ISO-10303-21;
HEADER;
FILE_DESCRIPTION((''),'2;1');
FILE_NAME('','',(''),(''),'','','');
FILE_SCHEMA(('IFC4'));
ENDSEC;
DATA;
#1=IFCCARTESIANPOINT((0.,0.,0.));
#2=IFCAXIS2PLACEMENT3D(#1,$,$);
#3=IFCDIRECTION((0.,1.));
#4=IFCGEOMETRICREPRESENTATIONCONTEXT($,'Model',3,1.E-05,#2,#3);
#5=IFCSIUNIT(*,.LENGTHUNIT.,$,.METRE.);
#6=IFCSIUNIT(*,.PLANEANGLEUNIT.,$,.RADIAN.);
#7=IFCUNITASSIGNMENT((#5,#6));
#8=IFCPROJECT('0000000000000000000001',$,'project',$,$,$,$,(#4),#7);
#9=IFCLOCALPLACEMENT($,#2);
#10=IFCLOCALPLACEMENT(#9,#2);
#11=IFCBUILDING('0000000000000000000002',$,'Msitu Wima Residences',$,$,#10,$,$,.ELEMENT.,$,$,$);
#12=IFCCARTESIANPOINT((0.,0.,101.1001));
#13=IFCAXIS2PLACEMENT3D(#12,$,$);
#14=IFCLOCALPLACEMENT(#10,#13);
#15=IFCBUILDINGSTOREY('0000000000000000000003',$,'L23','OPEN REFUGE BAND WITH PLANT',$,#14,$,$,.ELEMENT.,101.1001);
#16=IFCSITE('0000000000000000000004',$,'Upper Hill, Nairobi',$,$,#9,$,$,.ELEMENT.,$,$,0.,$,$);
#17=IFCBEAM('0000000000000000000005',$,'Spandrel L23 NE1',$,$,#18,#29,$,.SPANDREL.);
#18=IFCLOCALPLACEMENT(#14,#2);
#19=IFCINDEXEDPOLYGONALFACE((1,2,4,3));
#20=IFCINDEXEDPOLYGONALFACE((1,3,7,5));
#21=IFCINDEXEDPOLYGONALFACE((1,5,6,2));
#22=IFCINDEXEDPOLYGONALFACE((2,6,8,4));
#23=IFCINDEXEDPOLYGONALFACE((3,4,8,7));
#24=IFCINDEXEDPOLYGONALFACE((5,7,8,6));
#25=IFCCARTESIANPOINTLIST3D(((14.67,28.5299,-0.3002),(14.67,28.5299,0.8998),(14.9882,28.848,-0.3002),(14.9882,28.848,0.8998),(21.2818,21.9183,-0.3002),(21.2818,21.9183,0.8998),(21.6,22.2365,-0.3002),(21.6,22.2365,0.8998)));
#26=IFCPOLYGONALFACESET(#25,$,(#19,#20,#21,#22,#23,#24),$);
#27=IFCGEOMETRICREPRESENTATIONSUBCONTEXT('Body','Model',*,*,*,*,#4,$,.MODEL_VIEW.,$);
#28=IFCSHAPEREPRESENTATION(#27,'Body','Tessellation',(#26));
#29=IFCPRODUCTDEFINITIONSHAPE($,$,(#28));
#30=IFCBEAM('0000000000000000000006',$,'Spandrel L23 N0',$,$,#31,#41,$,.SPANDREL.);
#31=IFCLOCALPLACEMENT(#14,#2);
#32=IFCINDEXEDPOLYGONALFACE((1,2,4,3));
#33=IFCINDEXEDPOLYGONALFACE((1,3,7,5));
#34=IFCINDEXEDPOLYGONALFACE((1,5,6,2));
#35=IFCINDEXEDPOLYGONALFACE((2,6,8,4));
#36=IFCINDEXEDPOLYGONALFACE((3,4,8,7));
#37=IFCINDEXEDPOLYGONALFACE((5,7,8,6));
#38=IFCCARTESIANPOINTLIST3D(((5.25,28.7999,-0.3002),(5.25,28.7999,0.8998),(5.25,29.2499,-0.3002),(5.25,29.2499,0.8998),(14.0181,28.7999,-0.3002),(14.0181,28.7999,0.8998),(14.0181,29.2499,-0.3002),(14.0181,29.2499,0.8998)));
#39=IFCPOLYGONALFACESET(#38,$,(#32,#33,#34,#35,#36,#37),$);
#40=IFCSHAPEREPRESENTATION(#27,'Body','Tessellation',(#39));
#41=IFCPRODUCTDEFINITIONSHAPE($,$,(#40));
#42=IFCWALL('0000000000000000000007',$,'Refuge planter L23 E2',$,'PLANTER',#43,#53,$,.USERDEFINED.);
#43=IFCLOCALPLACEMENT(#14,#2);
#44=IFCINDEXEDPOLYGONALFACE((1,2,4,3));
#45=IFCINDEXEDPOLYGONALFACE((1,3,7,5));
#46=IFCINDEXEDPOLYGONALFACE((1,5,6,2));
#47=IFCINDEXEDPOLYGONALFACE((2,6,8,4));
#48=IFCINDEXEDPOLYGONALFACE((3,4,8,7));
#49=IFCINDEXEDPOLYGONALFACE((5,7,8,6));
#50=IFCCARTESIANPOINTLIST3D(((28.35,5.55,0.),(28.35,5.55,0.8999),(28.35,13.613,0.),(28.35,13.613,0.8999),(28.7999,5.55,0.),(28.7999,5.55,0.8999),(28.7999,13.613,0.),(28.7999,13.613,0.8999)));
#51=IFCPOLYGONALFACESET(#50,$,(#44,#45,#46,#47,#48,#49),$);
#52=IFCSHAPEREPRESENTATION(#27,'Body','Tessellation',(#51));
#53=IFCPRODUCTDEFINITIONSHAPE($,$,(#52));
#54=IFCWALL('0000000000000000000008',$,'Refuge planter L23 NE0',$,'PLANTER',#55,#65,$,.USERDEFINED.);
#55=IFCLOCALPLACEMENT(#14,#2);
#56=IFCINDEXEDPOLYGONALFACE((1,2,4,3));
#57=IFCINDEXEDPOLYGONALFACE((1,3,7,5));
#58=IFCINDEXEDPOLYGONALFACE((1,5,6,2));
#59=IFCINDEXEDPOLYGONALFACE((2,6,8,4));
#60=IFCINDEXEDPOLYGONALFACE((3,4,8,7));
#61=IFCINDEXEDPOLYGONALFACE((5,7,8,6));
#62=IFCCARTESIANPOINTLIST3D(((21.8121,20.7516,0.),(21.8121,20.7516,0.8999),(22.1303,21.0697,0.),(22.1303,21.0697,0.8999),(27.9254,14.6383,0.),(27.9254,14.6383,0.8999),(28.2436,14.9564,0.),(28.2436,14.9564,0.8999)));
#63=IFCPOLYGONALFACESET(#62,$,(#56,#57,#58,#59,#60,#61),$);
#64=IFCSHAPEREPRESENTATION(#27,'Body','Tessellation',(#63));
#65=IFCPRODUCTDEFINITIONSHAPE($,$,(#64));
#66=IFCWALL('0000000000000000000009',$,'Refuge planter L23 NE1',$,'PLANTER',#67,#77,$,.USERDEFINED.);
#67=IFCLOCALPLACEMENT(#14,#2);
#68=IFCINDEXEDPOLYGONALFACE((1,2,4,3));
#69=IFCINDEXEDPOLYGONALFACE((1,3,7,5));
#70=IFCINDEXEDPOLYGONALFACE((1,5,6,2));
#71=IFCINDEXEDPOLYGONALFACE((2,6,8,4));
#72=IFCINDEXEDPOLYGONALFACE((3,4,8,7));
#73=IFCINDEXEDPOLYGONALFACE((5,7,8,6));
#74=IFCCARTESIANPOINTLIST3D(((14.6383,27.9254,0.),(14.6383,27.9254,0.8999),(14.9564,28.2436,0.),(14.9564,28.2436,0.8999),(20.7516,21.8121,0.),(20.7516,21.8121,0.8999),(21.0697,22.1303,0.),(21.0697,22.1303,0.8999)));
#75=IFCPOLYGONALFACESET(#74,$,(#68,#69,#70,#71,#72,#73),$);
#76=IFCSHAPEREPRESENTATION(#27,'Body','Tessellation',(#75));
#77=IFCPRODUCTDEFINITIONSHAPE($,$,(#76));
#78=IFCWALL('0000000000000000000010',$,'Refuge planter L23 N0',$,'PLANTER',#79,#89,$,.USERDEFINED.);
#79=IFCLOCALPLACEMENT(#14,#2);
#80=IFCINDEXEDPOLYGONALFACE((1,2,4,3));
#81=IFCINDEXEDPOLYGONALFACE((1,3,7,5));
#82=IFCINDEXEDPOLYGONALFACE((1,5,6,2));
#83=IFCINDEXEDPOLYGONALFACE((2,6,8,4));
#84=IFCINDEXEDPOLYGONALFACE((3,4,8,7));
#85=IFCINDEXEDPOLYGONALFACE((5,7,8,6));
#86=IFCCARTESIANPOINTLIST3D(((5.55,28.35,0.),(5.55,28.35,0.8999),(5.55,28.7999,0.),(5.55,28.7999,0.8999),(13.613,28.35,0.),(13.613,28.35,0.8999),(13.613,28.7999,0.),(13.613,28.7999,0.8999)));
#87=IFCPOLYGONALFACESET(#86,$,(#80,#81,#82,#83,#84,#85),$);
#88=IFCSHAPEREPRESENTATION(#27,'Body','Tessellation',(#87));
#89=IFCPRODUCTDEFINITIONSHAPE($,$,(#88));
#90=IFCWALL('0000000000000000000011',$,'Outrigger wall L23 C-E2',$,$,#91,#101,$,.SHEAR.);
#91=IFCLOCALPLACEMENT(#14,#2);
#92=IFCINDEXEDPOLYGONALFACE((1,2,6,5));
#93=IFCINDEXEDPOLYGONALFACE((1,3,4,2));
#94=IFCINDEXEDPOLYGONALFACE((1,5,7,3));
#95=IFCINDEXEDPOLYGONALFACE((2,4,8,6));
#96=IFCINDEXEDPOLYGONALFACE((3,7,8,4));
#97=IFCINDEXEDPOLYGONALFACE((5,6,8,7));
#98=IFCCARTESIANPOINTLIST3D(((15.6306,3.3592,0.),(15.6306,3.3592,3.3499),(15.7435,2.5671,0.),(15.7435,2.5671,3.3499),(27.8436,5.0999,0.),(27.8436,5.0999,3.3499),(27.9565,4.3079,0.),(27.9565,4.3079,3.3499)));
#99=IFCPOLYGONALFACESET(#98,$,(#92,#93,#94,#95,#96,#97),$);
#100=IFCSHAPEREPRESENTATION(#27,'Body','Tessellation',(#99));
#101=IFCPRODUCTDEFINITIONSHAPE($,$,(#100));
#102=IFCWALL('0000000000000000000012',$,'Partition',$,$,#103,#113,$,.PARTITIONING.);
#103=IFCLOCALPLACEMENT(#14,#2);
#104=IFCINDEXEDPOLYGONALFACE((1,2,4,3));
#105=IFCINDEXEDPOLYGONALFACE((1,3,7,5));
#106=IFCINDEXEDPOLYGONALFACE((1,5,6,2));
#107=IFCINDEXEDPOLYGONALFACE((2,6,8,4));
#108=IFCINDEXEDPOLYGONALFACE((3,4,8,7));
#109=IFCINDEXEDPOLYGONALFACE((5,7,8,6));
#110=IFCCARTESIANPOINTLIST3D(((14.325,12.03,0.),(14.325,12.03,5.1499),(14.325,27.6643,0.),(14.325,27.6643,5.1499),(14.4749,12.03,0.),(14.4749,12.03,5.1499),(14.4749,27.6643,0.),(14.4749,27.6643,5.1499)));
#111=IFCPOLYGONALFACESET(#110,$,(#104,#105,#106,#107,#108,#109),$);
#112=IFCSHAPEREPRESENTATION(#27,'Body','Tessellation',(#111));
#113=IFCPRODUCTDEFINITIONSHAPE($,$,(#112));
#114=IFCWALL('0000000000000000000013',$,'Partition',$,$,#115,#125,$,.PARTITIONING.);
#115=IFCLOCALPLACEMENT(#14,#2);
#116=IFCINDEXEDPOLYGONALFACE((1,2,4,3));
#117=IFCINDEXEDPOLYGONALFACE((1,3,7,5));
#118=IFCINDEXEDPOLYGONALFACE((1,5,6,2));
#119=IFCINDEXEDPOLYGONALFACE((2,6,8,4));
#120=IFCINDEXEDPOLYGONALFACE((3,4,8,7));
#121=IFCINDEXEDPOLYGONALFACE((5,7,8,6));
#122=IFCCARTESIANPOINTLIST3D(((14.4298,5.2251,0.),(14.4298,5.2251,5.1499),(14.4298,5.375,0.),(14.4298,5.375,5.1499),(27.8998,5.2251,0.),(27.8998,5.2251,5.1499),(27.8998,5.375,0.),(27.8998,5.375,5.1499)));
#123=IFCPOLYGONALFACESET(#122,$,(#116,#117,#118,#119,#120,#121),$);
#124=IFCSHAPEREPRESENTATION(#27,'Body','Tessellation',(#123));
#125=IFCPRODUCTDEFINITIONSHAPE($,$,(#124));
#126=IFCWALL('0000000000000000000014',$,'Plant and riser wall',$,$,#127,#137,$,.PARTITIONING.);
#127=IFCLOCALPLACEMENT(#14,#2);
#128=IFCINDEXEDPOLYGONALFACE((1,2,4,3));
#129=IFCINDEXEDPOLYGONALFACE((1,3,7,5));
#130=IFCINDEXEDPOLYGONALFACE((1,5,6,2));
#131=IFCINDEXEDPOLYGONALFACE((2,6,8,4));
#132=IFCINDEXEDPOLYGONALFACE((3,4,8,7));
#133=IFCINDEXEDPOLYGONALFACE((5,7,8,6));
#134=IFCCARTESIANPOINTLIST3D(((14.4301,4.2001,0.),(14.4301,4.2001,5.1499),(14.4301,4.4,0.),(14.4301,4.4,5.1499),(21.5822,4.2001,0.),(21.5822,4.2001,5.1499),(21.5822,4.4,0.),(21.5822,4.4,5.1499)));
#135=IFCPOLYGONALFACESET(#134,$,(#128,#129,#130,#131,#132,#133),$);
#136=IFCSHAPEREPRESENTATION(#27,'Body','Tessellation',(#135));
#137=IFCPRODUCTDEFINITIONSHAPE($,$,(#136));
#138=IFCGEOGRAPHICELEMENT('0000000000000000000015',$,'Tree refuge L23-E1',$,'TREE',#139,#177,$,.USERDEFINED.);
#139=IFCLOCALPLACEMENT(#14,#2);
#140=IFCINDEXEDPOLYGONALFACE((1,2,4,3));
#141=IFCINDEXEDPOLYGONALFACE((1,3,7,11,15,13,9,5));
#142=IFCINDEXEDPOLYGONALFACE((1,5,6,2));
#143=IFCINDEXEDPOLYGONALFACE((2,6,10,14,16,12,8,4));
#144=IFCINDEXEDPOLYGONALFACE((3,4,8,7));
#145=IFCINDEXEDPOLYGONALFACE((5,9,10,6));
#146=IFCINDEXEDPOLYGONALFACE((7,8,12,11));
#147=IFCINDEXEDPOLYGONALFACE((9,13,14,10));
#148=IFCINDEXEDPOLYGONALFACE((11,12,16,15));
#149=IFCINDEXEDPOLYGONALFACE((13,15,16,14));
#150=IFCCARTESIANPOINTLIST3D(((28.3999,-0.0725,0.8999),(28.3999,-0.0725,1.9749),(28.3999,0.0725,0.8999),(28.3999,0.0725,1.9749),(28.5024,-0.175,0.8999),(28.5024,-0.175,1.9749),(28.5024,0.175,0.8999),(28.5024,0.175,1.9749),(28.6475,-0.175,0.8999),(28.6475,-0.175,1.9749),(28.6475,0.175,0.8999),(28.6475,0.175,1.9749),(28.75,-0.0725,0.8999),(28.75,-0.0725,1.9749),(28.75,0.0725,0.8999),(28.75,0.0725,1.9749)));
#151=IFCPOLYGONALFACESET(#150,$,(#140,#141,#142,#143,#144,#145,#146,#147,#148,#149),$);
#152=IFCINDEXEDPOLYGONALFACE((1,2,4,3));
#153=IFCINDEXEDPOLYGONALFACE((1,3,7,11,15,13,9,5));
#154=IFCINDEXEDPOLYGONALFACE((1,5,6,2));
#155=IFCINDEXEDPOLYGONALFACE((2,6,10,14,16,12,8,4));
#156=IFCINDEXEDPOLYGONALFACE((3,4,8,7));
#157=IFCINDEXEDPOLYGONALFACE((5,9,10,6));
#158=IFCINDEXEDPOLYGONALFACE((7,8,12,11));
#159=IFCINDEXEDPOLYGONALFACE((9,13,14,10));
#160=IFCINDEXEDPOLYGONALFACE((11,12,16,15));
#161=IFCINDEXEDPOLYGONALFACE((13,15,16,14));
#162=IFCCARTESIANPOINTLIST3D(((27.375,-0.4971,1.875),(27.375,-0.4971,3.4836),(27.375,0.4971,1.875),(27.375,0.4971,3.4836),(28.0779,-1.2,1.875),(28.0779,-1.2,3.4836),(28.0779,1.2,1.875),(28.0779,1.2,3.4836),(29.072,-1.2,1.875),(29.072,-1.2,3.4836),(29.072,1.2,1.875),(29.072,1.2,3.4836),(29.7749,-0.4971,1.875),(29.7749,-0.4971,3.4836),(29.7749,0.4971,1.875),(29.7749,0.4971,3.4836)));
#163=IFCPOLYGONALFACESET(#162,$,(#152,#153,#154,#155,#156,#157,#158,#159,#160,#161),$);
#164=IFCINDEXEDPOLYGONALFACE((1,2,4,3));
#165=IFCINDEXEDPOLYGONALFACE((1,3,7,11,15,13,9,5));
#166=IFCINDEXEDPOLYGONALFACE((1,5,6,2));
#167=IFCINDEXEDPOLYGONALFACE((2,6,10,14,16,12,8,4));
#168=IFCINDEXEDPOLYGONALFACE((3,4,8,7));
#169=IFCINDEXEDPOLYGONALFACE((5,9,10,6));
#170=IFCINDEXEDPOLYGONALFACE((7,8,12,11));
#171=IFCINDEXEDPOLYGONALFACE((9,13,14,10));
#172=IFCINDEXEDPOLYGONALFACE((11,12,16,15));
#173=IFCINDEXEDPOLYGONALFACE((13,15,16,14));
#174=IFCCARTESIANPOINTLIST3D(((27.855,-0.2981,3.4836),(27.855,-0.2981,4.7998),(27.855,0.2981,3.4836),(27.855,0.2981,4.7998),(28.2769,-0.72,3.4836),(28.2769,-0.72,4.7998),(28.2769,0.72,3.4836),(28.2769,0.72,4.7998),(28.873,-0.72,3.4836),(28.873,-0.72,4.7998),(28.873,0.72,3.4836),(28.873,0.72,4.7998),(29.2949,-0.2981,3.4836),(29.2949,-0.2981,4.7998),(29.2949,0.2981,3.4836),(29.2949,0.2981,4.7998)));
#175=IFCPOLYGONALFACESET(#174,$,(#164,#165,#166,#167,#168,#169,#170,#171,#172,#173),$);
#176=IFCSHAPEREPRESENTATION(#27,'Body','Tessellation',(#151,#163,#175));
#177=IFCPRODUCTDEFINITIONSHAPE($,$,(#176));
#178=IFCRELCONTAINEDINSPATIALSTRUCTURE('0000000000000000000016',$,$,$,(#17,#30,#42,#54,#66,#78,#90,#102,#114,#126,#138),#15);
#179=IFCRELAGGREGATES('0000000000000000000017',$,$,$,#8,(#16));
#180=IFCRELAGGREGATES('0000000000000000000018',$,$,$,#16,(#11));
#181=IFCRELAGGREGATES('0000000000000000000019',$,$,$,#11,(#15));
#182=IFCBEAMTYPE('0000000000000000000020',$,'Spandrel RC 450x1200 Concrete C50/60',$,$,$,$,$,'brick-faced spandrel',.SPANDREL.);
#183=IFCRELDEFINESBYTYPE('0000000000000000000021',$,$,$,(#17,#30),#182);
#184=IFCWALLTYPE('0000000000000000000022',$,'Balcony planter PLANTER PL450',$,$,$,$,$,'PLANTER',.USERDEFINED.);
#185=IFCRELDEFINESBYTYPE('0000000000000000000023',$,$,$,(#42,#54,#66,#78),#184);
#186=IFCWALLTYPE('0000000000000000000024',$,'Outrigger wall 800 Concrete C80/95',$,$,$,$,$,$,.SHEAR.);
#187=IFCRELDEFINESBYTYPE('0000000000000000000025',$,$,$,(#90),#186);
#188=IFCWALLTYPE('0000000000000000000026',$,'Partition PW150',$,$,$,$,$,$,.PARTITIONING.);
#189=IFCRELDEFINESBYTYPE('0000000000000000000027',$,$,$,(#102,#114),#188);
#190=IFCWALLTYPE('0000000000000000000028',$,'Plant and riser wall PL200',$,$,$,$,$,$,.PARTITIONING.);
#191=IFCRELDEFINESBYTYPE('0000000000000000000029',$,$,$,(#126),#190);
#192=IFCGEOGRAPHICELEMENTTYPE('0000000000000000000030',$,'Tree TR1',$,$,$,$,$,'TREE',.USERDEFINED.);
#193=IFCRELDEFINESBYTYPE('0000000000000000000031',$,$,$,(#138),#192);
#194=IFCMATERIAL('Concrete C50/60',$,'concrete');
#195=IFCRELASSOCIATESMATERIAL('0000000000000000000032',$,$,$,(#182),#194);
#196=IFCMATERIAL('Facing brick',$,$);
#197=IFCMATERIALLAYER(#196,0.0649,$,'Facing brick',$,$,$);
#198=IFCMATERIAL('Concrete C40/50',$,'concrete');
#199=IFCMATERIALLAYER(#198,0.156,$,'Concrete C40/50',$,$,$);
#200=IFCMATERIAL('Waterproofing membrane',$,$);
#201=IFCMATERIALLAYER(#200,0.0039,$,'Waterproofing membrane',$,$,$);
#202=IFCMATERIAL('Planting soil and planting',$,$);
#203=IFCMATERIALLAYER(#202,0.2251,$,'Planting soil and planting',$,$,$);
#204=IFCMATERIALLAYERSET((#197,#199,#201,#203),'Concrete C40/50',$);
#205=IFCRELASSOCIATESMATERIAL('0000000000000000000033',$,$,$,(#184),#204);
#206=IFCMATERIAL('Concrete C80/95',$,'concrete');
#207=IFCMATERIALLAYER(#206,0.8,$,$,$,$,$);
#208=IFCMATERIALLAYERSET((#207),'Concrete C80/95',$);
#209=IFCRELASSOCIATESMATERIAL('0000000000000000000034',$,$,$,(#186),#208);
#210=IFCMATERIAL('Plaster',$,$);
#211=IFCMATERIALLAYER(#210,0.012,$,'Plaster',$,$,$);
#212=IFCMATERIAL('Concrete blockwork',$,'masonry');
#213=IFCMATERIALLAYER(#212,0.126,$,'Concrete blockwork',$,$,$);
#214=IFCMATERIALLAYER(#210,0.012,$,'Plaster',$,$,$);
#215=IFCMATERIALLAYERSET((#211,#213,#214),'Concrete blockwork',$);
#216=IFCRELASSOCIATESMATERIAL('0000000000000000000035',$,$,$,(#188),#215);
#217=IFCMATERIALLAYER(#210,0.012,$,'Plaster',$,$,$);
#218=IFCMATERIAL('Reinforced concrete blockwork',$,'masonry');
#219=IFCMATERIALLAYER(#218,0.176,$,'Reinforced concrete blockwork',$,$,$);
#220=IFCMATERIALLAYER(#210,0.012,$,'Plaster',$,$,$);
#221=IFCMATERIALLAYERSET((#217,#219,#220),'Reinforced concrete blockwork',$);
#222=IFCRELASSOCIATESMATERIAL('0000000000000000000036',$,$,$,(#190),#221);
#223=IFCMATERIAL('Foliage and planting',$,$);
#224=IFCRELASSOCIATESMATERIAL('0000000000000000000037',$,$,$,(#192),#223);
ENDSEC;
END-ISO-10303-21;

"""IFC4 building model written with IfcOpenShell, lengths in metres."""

from ifc_helpers import new_model, si_unit, direction, frame, frame_2d, origin, origin_2d, place, context, subcontext, project, spatial, polyline, rectangle, outline, extrude, material, layer, layer_set, material_profile, profile_set, type_object, element, save


model = new_model("IFC4")

# Units and contexts
model_context = context("Model", 3, precision=1e-05, world=origin(), true_north=direction((0.0, 1.0)))
body_context = subcontext(model_context, "Body", "Model", "MODEL_VIEW")
ifc_project = project(units=[si_unit("LENGTHUNIT", "METRE"), si_unit("PLANEANGLEUNIT", "RADIAN")], contexts=[model_context])

# Site, building, storey
site_placement = place(None, origin())
site = spatial("IfcSite", under=ifc_project, at=site_placement, Name="Upper Hill, Nairobi", CompositionType="ELEMENT", RefElevation=0.0)
building_placement = place(site_placement, origin())
building = spatial("IfcBuilding", under=site, at=building_placement, Name="Msitu Wima Residences", CompositionType="ELEMENT")
storey_placement = place(building_placement, frame((0.0, 0.0, 101.1001)))
storey = spatial("IfcBuildingStorey", under=building, at=storey_placement, Name="L23", Description="OPEN REFUGE BAND WITH PLANT", CompositionType="ELEMENT", Elevation=101.1001)

# Shared definitions
ifc_material_1 = material(Name="Concrete C80/95", Category="concrete")

# Beams
ifc_material_2 = material(Name="Concrete C50/60", Category="concrete")
ifc_material_profile_1 = material_profile(ifc_material_2, rectangle(XDim=0.45, YDim=1.2, at=origin_2d()), Name="RC 450x1200")
ifc_profile_set_1 = profile_set([ifc_material_profile_1], Name="Concrete C50/60")
beam_type_1 = type_object("IfcBeamType", Name="Spandrel RC 450x1200 Concrete C50/60", ElementType="brick-faced spandrel", PredefinedType="SPANDREL", material=ifc_profile_set_1)
for number, where, z_axis, x_axis, name in (
    (1, (21.4409, 22.0774, 0.2998), (-0.70712, 0.707094, 0.0), (-0.707094, -0.70712, 0.0), "Spandrel L23 NE1"),
):
    element("IfcBeam", number, at=place(storey_placement, frame(where, z_axis=z_axis, x_axis=x_axis)), inside=storey, type_object=beam_type_1, Name=name, PredefinedType="SPANDREL", context=body_context, shape_type="SweptSolid", body=[
        extrude(rectangle(XDim=0.45, YDim=1.2, at=origin_2d()), origin(), (0.0, 0.0, 1.0), 9.3503),
    ])
beam_1_placement = place(storey_placement, frame((14.0181, 29.0249, 0.2998), z_axis=(-1.0, 0.0, 0.0), x_axis=(0.0, -1.0, 0.0)))
element("IfcBeam", 2, at=beam_1_placement, inside=storey, type_object=beam_type_1, Name="Spandrel L23 N0", PredefinedType="SPANDREL", context=body_context, shape_type="SweptSolid", body=[
    extrude(rectangle(XDim=0.45, YDim=1.2, at=origin_2d()), origin(), (0.0, 0.0, 1.0), 8.7681),
])

# Walls
ifc_material_3 = material(Name="Facing brick")
ifc_layer_1 = layer(ifc_material_3, 0.0649, Name="Facing brick")
ifc_material_4 = material(Name="Concrete C40/50", Category="concrete")
ifc_layer_2 = layer(ifc_material_4, 0.156, Name="Concrete C40/50")
ifc_material_5 = material(Name="Waterproofing membrane")
ifc_layer_3 = layer(ifc_material_5, 0.0039, Name="Waterproofing membrane")
ifc_material_6 = material(Name="Planting soil and planting")
ifc_layer_4 = layer(ifc_material_6, 0.2251, Name="Planting soil and planting")
ifc_layer_set_1 = layer_set([ifc_layer_1, ifc_layer_2, ifc_layer_3, ifc_layer_4], Name="Concrete C40/50")
wall_type_1 = type_object("IfcWallType", Name="Balcony planter PLANTER PL450", ElementType="PLANTER", PredefinedType="USERDEFINED", material=ifc_layer_set_1)
wall_1_placement = place(storey_placement, frame((28.575, 5.55, 0.0), z_axis=(0.0, 0.0, 1.0), x_axis=(0.0, 1.0, 0.0)))
element("IfcWall", 3, at=wall_1_placement, inside=storey, type_object=wall_type_1, Name="Refuge planter L23 E2", ObjectType="PLANTER", PredefinedType="USERDEFINED", context=body_context, shape_type="SweptSolid", body=[
    extrude(rectangle(XDim=8.063, YDim=0.45, at=frame_2d((4.0315, 0.0))), origin(), (0.0, 0.0, 1.0), 0.8999),
])
for number, where, z_axis, x_axis, name in (
    (4, (28.0845, 14.7974, 0.0), (0.0, 0.0, 1.0), (-0.707107, 0.707107, 0.0), "Refuge planter L23 NE0"),
    (5, (20.9106, 21.9712, 0.0), (0.0, 0.0, 1.0), (-0.707107, 0.707107, 0.0), "Refuge planter L23 NE1"),
):
    element("IfcWall", number, at=place(storey_placement, frame(where, z_axis=z_axis, x_axis=x_axis)), inside=storey, type_object=wall_type_1, Name=name, ObjectType="PLANTER", PredefinedType="USERDEFINED", context=body_context, shape_type="SweptSolid", body=[
        extrude(rectangle(XDim=8.6455, YDim=0.45, at=frame_2d((4.3228, 0.0))), origin(), (0.0, 0.0, 1.0), 0.8999),
    ])
wall_2_placement = place(storey_placement, frame((13.613, 28.575, 0.0), z_axis=(0.0, 0.0, 1.0), x_axis=(-1.0, 0.0, 0.0)))
element("IfcWall", 6, at=wall_2_placement, inside=storey, type_object=wall_type_1, Name="Refuge planter L23 N0", ObjectType="PLANTER", PredefinedType="USERDEFINED", context=body_context, shape_type="SweptSolid", body=[
    extrude(rectangle(XDim=8.063, YDim=0.45, at=frame_2d((4.0315, 0.0))), origin(), (0.0, 0.0, 1.0), 0.8999),
])
ifc_layer_5 = layer(ifc_material_1, 0.8)
ifc_layer_set_2 = layer_set([ifc_layer_5], Name="Concrete C80/95")
wall_type_2 = type_object("IfcWallType", Name="Outrigger wall 800 Concrete C80/95", PredefinedType="SHEAR", material=ifc_layer_set_2)
wall_3_placement = place(storey_placement, frame((15.687, 2.9631, 0.0), z_axis=(0.0, 0.0, 1.0), x_axis=(0.989995, 0.141105, 0.0)))
element("IfcWall", 7, at=wall_3_placement, inside=storey, type_object=wall_type_2, Name="Outrigger wall L23 C-E2", PredefinedType="SHEAR", context=body_context, shape_type="SweptSolid", body=[
    extrude(rectangle(XDim=12.3364, YDim=0.8, at=frame_2d((6.1682, 0.0))), origin(), (0.0, 0.0, 1.0), 3.3499),
])
ifc_material_7 = material(Name="Plaster")
ifc_layer_6 = layer(ifc_material_7, 0.012, Name="Plaster")
ifc_material_8 = material(Name="Concrete blockwork", Category="masonry")
ifc_layer_7 = layer(ifc_material_8, 0.126, Name="Concrete blockwork")
ifc_layer_8 = layer(ifc_material_7, 0.012, Name="Plaster")
ifc_layer_set_3 = layer_set([ifc_layer_6, ifc_layer_7, ifc_layer_8], Name="Concrete blockwork")
wall_type_3 = type_object("IfcWallType", Name="Partition PW150", PredefinedType="PARTITIONING", material=ifc_layer_set_3)
wall_4_placement = place(storey_placement, frame((14.3999, 12.03, 0.0), z_axis=(0.0, 0.0, 1.0), x_axis=(0.0, 1.0, 0.0)))
element("IfcWall", 8, at=wall_4_placement, inside=storey, type_object=wall_type_3, Name="Partition", PredefinedType="PARTITIONING", context=body_context, shape_type="SweptSolid", body=[
    extrude(rectangle(XDim=15.6343, YDim=0.1499, at=frame_2d((7.8171, 0.0))), origin(), (0.0, 0.0, 1.0), 5.1499),
])
wall_5_placement = place(storey_placement, frame((14.4299, 5.3, 0.0), z_axis=(0.0, 0.0, 1.0), x_axis=(1.0, 0.0, 0.0)))
element("IfcWall", 9, at=wall_5_placement, inside=storey, type_object=wall_type_3, Name="Partition", PredefinedType="PARTITIONING", context=body_context, shape_type="SweptSolid", body=[
    extrude(rectangle(XDim=13.47, YDim=0.1499, at=frame_2d((6.7349, 0.0))), origin(), (0.0, 0.0, 1.0), 5.1499),
])
ifc_layer_9 = layer(ifc_material_7, 0.012, Name="Plaster")
ifc_material_9 = material(Name="Reinforced concrete blockwork", Category="masonry")
ifc_layer_10 = layer(ifc_material_9, 0.176, Name="Reinforced concrete blockwork")
ifc_layer_11 = layer(ifc_material_7, 0.012, Name="Plaster")
ifc_layer_set_4 = layer_set([ifc_layer_9, ifc_layer_10, ifc_layer_11], Name="Reinforced concrete blockwork")
wall_type_4 = type_object("IfcWallType", Name="Plant and riser wall PL200", PredefinedType="PARTITIONING", material=ifc_layer_set_4)
wall_6_placement = place(storey_placement, frame((14.4299, 4.3, 0.0), z_axis=(0.0, 0.0, 1.0), x_axis=(1.0, 0.0, 0.0)))
element("IfcWall", 10, at=wall_6_placement, inside=storey, type_object=wall_type_4, Name="Plant and riser wall", PredefinedType="PARTITIONING", context=body_context, shape_type="SweptSolid", body=[
    extrude(rectangle(XDim=7.1521, YDim=0.2, at=frame_2d((3.5762, 0.0))), origin(), (0.0, 0.0, 1.0), 5.1499),
])

# Geographic element
ifc_material_10 = material(Name="Foliage and planting")
geographic_element_type = type_object("IfcGeographicElementType", Name="Tree TR1", ElementType="TREE", PredefinedType="USERDEFINED", material=ifc_material_10)
for number, where, z_axis, x_axis, name in (
    (11, (28.575, 0.0, 0.8999), (0.0, 0.0, 1.0), (1.0, 0.0, 0.0), "Tree refuge L23-E1"),
):
    element("IfcGeographicElement", number, at=place(storey_placement, frame(where, z_axis=z_axis, x_axis=x_axis)), inside=storey, type_object=geographic_element_type, Name=name, ObjectType="TREE", PredefinedType="USERDEFINED", context=body_context, shape_type="SweptSolid", body=[
        extrude(outline(polyline([(0.175, 0.0725), (0.0725, 0.175), (-0.0725, 0.175), (-0.175, 0.0725), (-0.175, -0.0725), (-0.0725, -0.175), (0.0725, -0.175), (0.175, -0.0725), (0.175, 0.0725)])), origin(), (0.0, 0.0, 1.0), 1.075),
        extrude(outline(polyline([(1.2, 0.4971), (0.4971, 1.2), (-0.4971, 1.2), (-1.2, 0.4971), (-1.2, -0.4971), (-0.4971, -1.2), (0.4971, -1.2), (1.2, -0.4971), (1.2, 0.4971)])), frame((0.0, 0.0, 0.9751)), (0.0, 0.0, 1.0), 1.6086),
        extrude(outline(polyline([(0.72, 0.2981), (0.2981, 0.72), (-0.2981, 0.72), (-0.72, 0.2981), (-0.72, -0.2981), (-0.2981, -0.72), (0.2981, -0.72), (0.72, -0.2981), (0.72, 0.2981)])), frame((0.0, 0.0, 2.5837)), (0.0, 0.0, 1.0), 1.3162),
    ])

save(model, "model.ifc")
